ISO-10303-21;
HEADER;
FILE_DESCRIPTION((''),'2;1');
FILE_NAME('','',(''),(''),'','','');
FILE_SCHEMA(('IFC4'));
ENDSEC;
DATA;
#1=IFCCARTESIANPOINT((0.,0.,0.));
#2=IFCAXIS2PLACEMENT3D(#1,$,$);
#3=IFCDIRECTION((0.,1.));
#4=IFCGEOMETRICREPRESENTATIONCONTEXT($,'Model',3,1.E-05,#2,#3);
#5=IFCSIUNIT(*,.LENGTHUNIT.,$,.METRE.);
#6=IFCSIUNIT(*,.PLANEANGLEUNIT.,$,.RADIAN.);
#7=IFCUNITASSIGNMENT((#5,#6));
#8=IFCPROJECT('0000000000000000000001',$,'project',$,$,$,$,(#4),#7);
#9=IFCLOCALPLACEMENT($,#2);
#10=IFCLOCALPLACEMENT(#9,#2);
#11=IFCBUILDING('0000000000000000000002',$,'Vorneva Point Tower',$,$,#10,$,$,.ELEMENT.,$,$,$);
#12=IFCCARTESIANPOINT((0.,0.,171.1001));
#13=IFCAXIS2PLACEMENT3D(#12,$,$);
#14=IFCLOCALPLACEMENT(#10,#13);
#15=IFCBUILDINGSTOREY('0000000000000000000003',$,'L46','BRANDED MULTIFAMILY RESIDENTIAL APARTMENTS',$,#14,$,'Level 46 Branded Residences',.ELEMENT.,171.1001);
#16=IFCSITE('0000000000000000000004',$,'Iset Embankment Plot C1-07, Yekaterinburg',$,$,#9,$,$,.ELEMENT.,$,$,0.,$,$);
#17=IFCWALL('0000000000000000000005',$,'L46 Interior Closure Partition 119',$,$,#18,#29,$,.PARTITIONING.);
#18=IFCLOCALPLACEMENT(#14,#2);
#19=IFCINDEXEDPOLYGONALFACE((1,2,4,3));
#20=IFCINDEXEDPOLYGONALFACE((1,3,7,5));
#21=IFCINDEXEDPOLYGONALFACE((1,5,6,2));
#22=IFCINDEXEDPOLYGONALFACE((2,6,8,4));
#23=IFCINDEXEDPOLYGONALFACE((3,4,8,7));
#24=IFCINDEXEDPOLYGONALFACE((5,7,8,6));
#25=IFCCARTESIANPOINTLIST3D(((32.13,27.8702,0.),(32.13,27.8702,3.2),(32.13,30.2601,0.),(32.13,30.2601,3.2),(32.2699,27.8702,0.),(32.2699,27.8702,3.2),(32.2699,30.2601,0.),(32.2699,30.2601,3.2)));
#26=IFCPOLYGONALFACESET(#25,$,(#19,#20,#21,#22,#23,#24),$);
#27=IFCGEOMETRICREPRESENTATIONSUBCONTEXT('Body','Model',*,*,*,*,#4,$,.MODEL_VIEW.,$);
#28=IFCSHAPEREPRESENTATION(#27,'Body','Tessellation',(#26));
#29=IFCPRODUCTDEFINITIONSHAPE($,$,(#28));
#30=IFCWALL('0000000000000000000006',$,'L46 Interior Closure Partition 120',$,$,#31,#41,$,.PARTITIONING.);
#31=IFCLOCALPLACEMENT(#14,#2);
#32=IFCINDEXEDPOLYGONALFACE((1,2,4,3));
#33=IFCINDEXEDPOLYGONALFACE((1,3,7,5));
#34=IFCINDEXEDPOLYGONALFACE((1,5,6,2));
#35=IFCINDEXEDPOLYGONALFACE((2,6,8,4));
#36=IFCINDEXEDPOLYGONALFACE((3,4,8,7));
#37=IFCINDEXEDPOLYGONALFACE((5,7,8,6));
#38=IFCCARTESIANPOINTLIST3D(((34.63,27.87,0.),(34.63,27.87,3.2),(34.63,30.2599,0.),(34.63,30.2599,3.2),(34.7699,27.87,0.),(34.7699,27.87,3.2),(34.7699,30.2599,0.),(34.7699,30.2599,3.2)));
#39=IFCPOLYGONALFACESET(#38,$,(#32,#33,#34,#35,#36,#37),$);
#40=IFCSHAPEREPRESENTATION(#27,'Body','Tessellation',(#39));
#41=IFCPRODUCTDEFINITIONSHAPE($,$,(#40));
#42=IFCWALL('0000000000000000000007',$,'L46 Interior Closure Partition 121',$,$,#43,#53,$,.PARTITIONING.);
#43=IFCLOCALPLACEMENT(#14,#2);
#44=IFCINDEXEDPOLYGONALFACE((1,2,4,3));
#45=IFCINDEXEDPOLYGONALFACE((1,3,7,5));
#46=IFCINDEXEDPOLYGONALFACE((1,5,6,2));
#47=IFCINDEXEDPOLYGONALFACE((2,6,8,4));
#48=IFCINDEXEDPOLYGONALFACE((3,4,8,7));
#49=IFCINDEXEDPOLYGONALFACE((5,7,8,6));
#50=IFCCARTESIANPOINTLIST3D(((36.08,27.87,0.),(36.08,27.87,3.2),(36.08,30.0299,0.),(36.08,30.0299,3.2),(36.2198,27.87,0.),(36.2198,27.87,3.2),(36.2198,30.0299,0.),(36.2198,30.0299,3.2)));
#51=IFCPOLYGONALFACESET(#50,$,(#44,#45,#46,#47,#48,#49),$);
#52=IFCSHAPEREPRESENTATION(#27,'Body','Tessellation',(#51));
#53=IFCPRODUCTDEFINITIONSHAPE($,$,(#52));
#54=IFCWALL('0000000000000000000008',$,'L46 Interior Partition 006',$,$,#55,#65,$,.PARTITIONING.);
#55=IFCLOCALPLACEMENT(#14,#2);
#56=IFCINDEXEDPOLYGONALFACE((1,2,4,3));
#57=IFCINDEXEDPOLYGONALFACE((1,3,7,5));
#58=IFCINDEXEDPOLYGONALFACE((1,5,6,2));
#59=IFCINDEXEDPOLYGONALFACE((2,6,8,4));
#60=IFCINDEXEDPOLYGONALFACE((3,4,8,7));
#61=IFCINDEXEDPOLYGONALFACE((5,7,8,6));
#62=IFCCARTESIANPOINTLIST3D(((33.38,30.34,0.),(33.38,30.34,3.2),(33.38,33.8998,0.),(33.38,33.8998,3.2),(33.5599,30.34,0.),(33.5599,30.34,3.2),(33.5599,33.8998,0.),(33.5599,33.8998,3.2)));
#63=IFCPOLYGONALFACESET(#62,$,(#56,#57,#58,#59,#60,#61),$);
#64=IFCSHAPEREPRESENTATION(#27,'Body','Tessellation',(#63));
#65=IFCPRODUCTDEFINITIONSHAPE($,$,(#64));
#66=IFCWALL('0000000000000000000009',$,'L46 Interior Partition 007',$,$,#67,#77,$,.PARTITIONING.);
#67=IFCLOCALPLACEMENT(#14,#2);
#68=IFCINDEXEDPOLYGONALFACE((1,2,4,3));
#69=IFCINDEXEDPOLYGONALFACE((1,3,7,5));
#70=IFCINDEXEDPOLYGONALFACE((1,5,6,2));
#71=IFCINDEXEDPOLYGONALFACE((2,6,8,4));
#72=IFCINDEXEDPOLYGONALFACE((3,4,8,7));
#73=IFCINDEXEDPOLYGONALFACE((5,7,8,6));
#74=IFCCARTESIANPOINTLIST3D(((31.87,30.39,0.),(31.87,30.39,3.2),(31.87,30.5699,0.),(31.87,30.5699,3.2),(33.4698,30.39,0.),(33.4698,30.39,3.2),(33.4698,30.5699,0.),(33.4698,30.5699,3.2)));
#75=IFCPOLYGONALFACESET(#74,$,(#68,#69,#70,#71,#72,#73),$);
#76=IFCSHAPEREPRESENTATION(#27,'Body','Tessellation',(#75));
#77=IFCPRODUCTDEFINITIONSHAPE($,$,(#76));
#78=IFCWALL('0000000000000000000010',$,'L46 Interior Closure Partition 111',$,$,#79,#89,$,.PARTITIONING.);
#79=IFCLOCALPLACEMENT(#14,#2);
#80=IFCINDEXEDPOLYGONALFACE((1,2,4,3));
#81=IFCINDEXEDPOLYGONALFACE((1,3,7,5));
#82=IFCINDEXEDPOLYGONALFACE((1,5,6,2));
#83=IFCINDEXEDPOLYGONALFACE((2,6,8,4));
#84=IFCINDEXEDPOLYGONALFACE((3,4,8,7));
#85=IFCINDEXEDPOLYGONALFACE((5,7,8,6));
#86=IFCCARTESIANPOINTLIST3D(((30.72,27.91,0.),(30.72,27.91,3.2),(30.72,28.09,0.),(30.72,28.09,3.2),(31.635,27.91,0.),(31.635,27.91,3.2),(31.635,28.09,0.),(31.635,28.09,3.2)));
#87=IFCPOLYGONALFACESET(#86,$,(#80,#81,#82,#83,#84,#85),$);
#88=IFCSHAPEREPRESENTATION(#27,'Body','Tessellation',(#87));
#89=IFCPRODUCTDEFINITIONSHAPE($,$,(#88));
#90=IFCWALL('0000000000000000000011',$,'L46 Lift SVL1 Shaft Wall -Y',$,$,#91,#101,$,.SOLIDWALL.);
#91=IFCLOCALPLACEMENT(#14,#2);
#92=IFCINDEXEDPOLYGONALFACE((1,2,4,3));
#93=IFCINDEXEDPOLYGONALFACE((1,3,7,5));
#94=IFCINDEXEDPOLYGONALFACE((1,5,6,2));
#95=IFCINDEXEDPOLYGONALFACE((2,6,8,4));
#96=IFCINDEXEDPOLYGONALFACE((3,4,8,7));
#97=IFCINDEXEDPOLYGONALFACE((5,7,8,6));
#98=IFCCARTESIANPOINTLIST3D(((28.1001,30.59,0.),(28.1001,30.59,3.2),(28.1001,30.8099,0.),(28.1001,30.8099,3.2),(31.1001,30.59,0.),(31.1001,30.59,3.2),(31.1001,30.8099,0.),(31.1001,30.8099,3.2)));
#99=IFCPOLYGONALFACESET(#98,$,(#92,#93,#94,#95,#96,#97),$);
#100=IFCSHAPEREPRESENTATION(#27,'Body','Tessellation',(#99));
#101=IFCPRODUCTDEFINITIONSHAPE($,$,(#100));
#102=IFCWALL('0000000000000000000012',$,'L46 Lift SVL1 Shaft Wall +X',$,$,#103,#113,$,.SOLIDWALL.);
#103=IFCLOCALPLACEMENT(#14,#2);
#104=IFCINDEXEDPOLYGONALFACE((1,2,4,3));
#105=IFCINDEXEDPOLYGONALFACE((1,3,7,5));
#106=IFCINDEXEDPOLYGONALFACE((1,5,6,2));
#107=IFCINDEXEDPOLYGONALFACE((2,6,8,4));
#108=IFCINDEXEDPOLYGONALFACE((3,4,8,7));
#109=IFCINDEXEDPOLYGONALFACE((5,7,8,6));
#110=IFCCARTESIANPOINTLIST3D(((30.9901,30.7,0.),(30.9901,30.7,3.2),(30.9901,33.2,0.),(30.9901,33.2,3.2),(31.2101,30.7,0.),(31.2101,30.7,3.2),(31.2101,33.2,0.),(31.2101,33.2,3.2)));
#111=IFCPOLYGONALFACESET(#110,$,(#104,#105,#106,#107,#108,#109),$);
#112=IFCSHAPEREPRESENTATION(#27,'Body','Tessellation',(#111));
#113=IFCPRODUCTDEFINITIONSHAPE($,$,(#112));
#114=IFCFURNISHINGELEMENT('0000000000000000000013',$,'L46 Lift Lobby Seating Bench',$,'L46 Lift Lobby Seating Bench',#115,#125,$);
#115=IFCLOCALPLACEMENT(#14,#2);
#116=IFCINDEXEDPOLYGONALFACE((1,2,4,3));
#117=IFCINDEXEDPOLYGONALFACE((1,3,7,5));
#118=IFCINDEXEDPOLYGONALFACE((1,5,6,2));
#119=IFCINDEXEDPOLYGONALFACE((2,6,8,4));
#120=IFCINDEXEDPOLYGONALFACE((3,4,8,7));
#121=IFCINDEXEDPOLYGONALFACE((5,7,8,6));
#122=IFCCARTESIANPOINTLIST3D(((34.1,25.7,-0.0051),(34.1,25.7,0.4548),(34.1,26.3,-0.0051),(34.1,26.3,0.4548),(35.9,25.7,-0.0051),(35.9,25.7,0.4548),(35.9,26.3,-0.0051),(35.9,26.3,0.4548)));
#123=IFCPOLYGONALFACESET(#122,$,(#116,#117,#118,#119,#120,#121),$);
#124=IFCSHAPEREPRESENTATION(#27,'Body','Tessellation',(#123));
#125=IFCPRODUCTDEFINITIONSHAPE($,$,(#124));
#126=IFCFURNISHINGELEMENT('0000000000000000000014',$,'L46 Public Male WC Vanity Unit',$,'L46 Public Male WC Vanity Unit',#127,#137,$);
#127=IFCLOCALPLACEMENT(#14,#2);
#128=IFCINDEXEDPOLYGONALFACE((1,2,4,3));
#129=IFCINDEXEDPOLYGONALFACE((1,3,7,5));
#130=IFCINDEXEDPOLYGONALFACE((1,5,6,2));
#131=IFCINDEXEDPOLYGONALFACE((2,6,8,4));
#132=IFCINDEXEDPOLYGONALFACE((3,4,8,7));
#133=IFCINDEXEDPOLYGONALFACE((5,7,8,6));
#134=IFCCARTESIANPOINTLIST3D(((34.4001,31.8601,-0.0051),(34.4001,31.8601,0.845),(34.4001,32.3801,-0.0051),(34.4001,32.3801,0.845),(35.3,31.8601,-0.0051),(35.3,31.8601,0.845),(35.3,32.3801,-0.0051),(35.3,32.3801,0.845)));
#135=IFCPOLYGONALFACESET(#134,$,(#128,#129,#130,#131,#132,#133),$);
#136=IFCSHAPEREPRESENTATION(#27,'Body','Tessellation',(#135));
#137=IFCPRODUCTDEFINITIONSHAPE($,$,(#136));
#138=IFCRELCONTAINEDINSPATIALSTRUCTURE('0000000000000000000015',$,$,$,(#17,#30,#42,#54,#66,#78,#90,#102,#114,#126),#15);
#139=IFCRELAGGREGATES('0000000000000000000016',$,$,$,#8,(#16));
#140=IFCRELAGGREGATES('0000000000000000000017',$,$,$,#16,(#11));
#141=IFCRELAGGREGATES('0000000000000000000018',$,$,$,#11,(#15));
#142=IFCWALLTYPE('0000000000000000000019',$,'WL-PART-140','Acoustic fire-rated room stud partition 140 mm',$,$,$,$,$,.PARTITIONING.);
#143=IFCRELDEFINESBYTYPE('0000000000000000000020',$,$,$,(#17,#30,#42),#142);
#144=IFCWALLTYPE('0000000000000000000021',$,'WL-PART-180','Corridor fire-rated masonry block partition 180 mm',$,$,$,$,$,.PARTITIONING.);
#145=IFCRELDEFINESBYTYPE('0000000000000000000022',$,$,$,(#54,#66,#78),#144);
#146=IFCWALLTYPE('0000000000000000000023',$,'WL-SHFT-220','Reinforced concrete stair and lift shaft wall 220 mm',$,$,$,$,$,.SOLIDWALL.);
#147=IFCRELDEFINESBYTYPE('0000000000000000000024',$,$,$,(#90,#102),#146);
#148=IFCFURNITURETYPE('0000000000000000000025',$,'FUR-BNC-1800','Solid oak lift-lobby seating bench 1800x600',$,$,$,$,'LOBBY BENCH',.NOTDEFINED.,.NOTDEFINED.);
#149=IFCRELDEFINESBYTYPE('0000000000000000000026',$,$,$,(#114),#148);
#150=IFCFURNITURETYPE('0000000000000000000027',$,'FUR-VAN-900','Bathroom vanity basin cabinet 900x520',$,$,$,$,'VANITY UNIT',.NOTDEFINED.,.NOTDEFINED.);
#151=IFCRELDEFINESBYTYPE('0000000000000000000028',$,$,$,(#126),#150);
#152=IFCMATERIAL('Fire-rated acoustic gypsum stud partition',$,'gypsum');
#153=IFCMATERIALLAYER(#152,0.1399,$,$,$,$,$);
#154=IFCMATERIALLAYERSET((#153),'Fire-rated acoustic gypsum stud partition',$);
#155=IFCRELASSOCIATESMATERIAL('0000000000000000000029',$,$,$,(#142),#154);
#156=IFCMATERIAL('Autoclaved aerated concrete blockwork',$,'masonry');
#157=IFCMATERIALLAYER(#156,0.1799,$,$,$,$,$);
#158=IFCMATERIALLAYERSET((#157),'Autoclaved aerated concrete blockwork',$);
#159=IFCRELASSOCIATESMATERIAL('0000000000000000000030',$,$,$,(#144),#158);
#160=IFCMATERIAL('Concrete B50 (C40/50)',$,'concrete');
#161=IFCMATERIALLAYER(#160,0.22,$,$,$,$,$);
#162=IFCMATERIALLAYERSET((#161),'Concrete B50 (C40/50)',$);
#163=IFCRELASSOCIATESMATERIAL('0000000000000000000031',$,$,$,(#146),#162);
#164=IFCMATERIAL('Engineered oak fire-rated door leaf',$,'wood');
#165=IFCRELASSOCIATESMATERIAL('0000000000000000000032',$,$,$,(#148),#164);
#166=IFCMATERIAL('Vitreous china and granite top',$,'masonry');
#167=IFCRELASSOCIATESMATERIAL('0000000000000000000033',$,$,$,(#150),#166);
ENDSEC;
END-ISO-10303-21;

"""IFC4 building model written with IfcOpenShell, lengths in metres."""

from ifc_helpers import new_model, si_unit, direction, frame, frame_2d, origin, origin_2d, place, context, subcontext, project, spatial, rectangle, extrude, material, layer, layer_set, type_object, element, save


model = new_model("IFC4")

# Units and contexts
model_context = context("Model", 3, precision=1e-05, world=origin(), true_north=direction((0.0, 1.0)))
body_context = subcontext(model_context, "Body", "Model", "MODEL_VIEW")
ifc_project = project(units=[si_unit("LENGTHUNIT", "METRE"), si_unit("PLANEANGLEUNIT", "RADIAN")], contexts=[model_context])

# Site, building, storey
site_placement = place(None, origin())
site = spatial("IfcSite", under=ifc_project, at=site_placement, Name="Iset Embankment Plot C1-07, Yekaterinburg", CompositionType="ELEMENT", RefElevation=0.0)
building_placement = place(site_placement, origin())
building = spatial("IfcBuilding", under=site, at=building_placement, Name="Vorneva Point Tower", CompositionType="ELEMENT")
storey_placement = place(building_placement, frame((0.0, 0.0, 171.1001)))
storey = spatial("IfcBuildingStorey", under=building, at=storey_placement, Name="L46", Description="BRANDED MULTIFAMILY RESIDENTIAL APARTMENTS", LongName="Level 46 Branded Residences", CompositionType="ELEMENT", Elevation=171.1001)

# Walls
ifc_material_1 = material(Name="Fire-rated acoustic gypsum stud partition", Category="gypsum")
ifc_layer_1 = layer(ifc_material_1, 0.1399)
ifc_layer_set_1 = layer_set([ifc_layer_1], Name="Fire-rated acoustic gypsum stud partition")
wall_type_1 = type_object("IfcWallType", Name="WL-PART-140", Description="Acoustic fire-rated room stud partition 140 mm", PredefinedType="PARTITIONING", material=ifc_layer_set_1)
for number, where, z_axis, x_axis, name in (
    (1, (32.2, 30.26, 0.0), (0.0, 0.0, 1.0), (0.0, -1.0, 0.0), "L46 Interior Closure Partition 119"),
    (2, (34.7, 27.8701, 0.0), (0.0, 0.0, 1.0), (0.0, 1.0, 0.0), "L46 Interior Closure Partition 120"),
):
    element("IfcWall", number, at=place(storey_placement, frame(where, z_axis=z_axis, x_axis=x_axis)), inside=storey, type_object=wall_type_1, Name=name, PredefinedType="PARTITIONING", context=body_context, shape_type="SweptSolid", body=[
        extrude(rectangle(XDim=2.3899, YDim=0.1399, at=frame_2d((1.1948, 0.0))), origin(), (0.0, 0.0, 1.0), 3.2),
    ])
wall_1_placement = place(storey_placement, frame((36.1499, 30.03, 0.0), z_axis=(0.0, 0.0, 1.0), x_axis=(0.0, -1.0, 0.0)))
element("IfcWall", 3, at=wall_1_placement, inside=storey, type_object=wall_type_1, Name="L46 Interior Closure Partition 121", PredefinedType="PARTITIONING", context=body_context, shape_type="SweptSolid", body=[
    extrude(rectangle(XDim=2.1599, YDim=0.1399, at=frame_2d((1.0801, 0.0))), origin(), (0.0, 0.0, 1.0), 3.2),
])

# Shared definitions
ifc_material_2 = material(Name="Autoclaved aerated concrete blockwork", Category="masonry")
ifc_layer_2 = layer(ifc_material_2, 0.1799)
ifc_layer_set_2 = layer_set([ifc_layer_2], Name="Autoclaved aerated concrete blockwork")
wall_type_2 = type_object("IfcWallType", Name="WL-PART-180", Description="Corridor fire-rated masonry block partition 180 mm", PredefinedType="PARTITIONING", material=ifc_layer_set_2)

# Walls
wall_2_placement = place(storey_placement, frame((33.47, 30.3401, 0.0), z_axis=(0.0, 0.0, 1.0), x_axis=(0.0, 1.0, 0.0)))
element("IfcWall", 4, at=wall_2_placement, inside=storey, type_object=wall_type_2, Name="L46 Interior Partition 006", PredefinedType="PARTITIONING", context=body_context, shape_type="SweptSolid", body=[
    extrude(rectangle(XDim=3.5598, YDim=0.1799, at=frame_2d((1.7798, 0.0))), origin(), (0.0, 0.0, 1.0), 3.2),
])
wall_3_placement = place(storey_placement, frame((31.8701, 30.48, 0.0), z_axis=(0.0, 0.0, 1.0), x_axis=(1.0, 0.0, 0.0)))
element("IfcWall", 5, at=wall_3_placement, inside=storey, type_object=wall_type_2, Name="L46 Interior Partition 007", PredefinedType="PARTITIONING", context=body_context, shape_type="SweptSolid", body=[
    extrude(rectangle(XDim=1.5999, YDim=0.1799, at=frame_2d((0.7998, 0.0))), origin(), (0.0, 0.0, 1.0), 3.2),
])

# Shared definitions
ifc_material_3 = material(Name="Engineered oak fire-rated door leaf", Category="wood")

# Walls
wall_4_placement = place(storey_placement, frame((31.635, 28.0, 0.0), z_axis=(0.0, 0.0, 1.0), x_axis=(-1.0, 0.0, 0.0)))
element("IfcWall", 6, at=wall_4_placement, inside=storey, type_object=wall_type_2, Name="L46 Interior Closure Partition 111", PredefinedType="PARTITIONING", context=body_context, shape_type="SweptSolid", body=[
    extrude(rectangle(XDim=0.915, YDim=0.1799, at=frame_2d((0.4575, 0.0))), origin(), (0.0, 0.0, 1.0), 3.2),
])
ifc_material_4 = material(Name="Concrete B50 (C40/50)", Category="concrete")
ifc_layer_3 = layer(ifc_material_4, 0.22)
ifc_layer_set_3 = layer_set([ifc_layer_3], Name="Concrete B50 (C40/50)")
wall_type_3 = type_object("IfcWallType", Name="WL-SHFT-220", Description="Reinforced concrete stair and lift shaft wall 220 mm", PredefinedType="SOLIDWALL", material=ifc_layer_set_3)
wall_5_placement = place(storey_placement, frame((28.1001, 30.7, 0.0), z_axis=(0.0, 0.0, 1.0), x_axis=(1.0, 0.0, 0.0)))
element("IfcWall", 7, at=wall_5_placement, inside=storey, type_object=wall_type_3, Name="L46 Lift SVL1 Shaft Wall -Y", PredefinedType="SOLIDWALL", context=body_context, shape_type="SweptSolid", body=[
    extrude(rectangle(XDim=3.0, YDim=0.22, at=frame_2d((1.5, 0.0))), origin(), (0.0, 0.0, 1.0), 3.2),
])
wall_6_placement = place(storey_placement, frame((31.1001, 30.7, 0.0), z_axis=(0.0, 0.0, 1.0), x_axis=(0.0, 1.0, 0.0)))
element("IfcWall", 8, at=wall_6_placement, inside=storey, type_object=wall_type_3, Name="L46 Lift SVL1 Shaft Wall +X", PredefinedType="SOLIDWALL", context=body_context, shape_type="SweptSolid", body=[
    extrude(rectangle(XDim=2.5, YDim=0.22, at=frame_2d((1.25, 0.0))), origin(), (0.0, 0.0, 1.0), 3.2),
])

# Furnishing elements
furniture_type_1 = type_object("IfcFurnitureType", Name="FUR-BNC-1800", Description="Solid oak lift-lobby seating bench 1800x600", ElementType="LOBBY BENCH", AssemblyPlace="NOTDEFINED", PredefinedType="NOTDEFINED", material=ifc_material_3)
furnishing_1_placement = place(storey_placement, frame((35.0, 26.0, -0.0051), z_axis=(0.0, 0.0, 1.0), x_axis=(1.0, 0.0, 0.0)))
element("IfcFurnishingElement", 9, at=furnishing_1_placement, inside=storey, type_object=furniture_type_1, Name="L46 Lift Lobby Seating Bench", ObjectType="L46 Lift Lobby Seating Bench", context=body_context, shape_type="SweptSolid", body=[
    extrude(rectangle(XDim=1.8, YDim=0.6001, at=origin_2d()), origin(), (0.0, 0.0, 1.0), 0.46),
])
ifc_material_5 = material(Name="Vitreous china and granite top", Category="masonry")
furniture_type_2 = type_object("IfcFurnitureType", Name="FUR-VAN-900", Description="Bathroom vanity basin cabinet 900x520", ElementType="VANITY UNIT", AssemblyPlace="NOTDEFINED", PredefinedType="NOTDEFINED", material=ifc_material_5)
furnishing_2_placement = place(storey_placement, frame((34.8501, 32.1201, -0.0051), z_axis=(0.0, 0.0, 1.0), x_axis=(1.0, 0.0, 0.0)))
element("IfcFurnishingElement", 10, at=furnishing_2_placement, inside=storey, type_object=furniture_type_2, Name="L46 Public Male WC Vanity Unit", ObjectType="L46 Public Male WC Vanity Unit", context=body_context, shape_type="SweptSolid", body=[
    extrude(rectangle(XDim=0.8999, YDim=0.52, at=origin_2d()), origin(), (0.0, 0.0, 1.0), 0.8501),
])

save(model, "model.ifc")
